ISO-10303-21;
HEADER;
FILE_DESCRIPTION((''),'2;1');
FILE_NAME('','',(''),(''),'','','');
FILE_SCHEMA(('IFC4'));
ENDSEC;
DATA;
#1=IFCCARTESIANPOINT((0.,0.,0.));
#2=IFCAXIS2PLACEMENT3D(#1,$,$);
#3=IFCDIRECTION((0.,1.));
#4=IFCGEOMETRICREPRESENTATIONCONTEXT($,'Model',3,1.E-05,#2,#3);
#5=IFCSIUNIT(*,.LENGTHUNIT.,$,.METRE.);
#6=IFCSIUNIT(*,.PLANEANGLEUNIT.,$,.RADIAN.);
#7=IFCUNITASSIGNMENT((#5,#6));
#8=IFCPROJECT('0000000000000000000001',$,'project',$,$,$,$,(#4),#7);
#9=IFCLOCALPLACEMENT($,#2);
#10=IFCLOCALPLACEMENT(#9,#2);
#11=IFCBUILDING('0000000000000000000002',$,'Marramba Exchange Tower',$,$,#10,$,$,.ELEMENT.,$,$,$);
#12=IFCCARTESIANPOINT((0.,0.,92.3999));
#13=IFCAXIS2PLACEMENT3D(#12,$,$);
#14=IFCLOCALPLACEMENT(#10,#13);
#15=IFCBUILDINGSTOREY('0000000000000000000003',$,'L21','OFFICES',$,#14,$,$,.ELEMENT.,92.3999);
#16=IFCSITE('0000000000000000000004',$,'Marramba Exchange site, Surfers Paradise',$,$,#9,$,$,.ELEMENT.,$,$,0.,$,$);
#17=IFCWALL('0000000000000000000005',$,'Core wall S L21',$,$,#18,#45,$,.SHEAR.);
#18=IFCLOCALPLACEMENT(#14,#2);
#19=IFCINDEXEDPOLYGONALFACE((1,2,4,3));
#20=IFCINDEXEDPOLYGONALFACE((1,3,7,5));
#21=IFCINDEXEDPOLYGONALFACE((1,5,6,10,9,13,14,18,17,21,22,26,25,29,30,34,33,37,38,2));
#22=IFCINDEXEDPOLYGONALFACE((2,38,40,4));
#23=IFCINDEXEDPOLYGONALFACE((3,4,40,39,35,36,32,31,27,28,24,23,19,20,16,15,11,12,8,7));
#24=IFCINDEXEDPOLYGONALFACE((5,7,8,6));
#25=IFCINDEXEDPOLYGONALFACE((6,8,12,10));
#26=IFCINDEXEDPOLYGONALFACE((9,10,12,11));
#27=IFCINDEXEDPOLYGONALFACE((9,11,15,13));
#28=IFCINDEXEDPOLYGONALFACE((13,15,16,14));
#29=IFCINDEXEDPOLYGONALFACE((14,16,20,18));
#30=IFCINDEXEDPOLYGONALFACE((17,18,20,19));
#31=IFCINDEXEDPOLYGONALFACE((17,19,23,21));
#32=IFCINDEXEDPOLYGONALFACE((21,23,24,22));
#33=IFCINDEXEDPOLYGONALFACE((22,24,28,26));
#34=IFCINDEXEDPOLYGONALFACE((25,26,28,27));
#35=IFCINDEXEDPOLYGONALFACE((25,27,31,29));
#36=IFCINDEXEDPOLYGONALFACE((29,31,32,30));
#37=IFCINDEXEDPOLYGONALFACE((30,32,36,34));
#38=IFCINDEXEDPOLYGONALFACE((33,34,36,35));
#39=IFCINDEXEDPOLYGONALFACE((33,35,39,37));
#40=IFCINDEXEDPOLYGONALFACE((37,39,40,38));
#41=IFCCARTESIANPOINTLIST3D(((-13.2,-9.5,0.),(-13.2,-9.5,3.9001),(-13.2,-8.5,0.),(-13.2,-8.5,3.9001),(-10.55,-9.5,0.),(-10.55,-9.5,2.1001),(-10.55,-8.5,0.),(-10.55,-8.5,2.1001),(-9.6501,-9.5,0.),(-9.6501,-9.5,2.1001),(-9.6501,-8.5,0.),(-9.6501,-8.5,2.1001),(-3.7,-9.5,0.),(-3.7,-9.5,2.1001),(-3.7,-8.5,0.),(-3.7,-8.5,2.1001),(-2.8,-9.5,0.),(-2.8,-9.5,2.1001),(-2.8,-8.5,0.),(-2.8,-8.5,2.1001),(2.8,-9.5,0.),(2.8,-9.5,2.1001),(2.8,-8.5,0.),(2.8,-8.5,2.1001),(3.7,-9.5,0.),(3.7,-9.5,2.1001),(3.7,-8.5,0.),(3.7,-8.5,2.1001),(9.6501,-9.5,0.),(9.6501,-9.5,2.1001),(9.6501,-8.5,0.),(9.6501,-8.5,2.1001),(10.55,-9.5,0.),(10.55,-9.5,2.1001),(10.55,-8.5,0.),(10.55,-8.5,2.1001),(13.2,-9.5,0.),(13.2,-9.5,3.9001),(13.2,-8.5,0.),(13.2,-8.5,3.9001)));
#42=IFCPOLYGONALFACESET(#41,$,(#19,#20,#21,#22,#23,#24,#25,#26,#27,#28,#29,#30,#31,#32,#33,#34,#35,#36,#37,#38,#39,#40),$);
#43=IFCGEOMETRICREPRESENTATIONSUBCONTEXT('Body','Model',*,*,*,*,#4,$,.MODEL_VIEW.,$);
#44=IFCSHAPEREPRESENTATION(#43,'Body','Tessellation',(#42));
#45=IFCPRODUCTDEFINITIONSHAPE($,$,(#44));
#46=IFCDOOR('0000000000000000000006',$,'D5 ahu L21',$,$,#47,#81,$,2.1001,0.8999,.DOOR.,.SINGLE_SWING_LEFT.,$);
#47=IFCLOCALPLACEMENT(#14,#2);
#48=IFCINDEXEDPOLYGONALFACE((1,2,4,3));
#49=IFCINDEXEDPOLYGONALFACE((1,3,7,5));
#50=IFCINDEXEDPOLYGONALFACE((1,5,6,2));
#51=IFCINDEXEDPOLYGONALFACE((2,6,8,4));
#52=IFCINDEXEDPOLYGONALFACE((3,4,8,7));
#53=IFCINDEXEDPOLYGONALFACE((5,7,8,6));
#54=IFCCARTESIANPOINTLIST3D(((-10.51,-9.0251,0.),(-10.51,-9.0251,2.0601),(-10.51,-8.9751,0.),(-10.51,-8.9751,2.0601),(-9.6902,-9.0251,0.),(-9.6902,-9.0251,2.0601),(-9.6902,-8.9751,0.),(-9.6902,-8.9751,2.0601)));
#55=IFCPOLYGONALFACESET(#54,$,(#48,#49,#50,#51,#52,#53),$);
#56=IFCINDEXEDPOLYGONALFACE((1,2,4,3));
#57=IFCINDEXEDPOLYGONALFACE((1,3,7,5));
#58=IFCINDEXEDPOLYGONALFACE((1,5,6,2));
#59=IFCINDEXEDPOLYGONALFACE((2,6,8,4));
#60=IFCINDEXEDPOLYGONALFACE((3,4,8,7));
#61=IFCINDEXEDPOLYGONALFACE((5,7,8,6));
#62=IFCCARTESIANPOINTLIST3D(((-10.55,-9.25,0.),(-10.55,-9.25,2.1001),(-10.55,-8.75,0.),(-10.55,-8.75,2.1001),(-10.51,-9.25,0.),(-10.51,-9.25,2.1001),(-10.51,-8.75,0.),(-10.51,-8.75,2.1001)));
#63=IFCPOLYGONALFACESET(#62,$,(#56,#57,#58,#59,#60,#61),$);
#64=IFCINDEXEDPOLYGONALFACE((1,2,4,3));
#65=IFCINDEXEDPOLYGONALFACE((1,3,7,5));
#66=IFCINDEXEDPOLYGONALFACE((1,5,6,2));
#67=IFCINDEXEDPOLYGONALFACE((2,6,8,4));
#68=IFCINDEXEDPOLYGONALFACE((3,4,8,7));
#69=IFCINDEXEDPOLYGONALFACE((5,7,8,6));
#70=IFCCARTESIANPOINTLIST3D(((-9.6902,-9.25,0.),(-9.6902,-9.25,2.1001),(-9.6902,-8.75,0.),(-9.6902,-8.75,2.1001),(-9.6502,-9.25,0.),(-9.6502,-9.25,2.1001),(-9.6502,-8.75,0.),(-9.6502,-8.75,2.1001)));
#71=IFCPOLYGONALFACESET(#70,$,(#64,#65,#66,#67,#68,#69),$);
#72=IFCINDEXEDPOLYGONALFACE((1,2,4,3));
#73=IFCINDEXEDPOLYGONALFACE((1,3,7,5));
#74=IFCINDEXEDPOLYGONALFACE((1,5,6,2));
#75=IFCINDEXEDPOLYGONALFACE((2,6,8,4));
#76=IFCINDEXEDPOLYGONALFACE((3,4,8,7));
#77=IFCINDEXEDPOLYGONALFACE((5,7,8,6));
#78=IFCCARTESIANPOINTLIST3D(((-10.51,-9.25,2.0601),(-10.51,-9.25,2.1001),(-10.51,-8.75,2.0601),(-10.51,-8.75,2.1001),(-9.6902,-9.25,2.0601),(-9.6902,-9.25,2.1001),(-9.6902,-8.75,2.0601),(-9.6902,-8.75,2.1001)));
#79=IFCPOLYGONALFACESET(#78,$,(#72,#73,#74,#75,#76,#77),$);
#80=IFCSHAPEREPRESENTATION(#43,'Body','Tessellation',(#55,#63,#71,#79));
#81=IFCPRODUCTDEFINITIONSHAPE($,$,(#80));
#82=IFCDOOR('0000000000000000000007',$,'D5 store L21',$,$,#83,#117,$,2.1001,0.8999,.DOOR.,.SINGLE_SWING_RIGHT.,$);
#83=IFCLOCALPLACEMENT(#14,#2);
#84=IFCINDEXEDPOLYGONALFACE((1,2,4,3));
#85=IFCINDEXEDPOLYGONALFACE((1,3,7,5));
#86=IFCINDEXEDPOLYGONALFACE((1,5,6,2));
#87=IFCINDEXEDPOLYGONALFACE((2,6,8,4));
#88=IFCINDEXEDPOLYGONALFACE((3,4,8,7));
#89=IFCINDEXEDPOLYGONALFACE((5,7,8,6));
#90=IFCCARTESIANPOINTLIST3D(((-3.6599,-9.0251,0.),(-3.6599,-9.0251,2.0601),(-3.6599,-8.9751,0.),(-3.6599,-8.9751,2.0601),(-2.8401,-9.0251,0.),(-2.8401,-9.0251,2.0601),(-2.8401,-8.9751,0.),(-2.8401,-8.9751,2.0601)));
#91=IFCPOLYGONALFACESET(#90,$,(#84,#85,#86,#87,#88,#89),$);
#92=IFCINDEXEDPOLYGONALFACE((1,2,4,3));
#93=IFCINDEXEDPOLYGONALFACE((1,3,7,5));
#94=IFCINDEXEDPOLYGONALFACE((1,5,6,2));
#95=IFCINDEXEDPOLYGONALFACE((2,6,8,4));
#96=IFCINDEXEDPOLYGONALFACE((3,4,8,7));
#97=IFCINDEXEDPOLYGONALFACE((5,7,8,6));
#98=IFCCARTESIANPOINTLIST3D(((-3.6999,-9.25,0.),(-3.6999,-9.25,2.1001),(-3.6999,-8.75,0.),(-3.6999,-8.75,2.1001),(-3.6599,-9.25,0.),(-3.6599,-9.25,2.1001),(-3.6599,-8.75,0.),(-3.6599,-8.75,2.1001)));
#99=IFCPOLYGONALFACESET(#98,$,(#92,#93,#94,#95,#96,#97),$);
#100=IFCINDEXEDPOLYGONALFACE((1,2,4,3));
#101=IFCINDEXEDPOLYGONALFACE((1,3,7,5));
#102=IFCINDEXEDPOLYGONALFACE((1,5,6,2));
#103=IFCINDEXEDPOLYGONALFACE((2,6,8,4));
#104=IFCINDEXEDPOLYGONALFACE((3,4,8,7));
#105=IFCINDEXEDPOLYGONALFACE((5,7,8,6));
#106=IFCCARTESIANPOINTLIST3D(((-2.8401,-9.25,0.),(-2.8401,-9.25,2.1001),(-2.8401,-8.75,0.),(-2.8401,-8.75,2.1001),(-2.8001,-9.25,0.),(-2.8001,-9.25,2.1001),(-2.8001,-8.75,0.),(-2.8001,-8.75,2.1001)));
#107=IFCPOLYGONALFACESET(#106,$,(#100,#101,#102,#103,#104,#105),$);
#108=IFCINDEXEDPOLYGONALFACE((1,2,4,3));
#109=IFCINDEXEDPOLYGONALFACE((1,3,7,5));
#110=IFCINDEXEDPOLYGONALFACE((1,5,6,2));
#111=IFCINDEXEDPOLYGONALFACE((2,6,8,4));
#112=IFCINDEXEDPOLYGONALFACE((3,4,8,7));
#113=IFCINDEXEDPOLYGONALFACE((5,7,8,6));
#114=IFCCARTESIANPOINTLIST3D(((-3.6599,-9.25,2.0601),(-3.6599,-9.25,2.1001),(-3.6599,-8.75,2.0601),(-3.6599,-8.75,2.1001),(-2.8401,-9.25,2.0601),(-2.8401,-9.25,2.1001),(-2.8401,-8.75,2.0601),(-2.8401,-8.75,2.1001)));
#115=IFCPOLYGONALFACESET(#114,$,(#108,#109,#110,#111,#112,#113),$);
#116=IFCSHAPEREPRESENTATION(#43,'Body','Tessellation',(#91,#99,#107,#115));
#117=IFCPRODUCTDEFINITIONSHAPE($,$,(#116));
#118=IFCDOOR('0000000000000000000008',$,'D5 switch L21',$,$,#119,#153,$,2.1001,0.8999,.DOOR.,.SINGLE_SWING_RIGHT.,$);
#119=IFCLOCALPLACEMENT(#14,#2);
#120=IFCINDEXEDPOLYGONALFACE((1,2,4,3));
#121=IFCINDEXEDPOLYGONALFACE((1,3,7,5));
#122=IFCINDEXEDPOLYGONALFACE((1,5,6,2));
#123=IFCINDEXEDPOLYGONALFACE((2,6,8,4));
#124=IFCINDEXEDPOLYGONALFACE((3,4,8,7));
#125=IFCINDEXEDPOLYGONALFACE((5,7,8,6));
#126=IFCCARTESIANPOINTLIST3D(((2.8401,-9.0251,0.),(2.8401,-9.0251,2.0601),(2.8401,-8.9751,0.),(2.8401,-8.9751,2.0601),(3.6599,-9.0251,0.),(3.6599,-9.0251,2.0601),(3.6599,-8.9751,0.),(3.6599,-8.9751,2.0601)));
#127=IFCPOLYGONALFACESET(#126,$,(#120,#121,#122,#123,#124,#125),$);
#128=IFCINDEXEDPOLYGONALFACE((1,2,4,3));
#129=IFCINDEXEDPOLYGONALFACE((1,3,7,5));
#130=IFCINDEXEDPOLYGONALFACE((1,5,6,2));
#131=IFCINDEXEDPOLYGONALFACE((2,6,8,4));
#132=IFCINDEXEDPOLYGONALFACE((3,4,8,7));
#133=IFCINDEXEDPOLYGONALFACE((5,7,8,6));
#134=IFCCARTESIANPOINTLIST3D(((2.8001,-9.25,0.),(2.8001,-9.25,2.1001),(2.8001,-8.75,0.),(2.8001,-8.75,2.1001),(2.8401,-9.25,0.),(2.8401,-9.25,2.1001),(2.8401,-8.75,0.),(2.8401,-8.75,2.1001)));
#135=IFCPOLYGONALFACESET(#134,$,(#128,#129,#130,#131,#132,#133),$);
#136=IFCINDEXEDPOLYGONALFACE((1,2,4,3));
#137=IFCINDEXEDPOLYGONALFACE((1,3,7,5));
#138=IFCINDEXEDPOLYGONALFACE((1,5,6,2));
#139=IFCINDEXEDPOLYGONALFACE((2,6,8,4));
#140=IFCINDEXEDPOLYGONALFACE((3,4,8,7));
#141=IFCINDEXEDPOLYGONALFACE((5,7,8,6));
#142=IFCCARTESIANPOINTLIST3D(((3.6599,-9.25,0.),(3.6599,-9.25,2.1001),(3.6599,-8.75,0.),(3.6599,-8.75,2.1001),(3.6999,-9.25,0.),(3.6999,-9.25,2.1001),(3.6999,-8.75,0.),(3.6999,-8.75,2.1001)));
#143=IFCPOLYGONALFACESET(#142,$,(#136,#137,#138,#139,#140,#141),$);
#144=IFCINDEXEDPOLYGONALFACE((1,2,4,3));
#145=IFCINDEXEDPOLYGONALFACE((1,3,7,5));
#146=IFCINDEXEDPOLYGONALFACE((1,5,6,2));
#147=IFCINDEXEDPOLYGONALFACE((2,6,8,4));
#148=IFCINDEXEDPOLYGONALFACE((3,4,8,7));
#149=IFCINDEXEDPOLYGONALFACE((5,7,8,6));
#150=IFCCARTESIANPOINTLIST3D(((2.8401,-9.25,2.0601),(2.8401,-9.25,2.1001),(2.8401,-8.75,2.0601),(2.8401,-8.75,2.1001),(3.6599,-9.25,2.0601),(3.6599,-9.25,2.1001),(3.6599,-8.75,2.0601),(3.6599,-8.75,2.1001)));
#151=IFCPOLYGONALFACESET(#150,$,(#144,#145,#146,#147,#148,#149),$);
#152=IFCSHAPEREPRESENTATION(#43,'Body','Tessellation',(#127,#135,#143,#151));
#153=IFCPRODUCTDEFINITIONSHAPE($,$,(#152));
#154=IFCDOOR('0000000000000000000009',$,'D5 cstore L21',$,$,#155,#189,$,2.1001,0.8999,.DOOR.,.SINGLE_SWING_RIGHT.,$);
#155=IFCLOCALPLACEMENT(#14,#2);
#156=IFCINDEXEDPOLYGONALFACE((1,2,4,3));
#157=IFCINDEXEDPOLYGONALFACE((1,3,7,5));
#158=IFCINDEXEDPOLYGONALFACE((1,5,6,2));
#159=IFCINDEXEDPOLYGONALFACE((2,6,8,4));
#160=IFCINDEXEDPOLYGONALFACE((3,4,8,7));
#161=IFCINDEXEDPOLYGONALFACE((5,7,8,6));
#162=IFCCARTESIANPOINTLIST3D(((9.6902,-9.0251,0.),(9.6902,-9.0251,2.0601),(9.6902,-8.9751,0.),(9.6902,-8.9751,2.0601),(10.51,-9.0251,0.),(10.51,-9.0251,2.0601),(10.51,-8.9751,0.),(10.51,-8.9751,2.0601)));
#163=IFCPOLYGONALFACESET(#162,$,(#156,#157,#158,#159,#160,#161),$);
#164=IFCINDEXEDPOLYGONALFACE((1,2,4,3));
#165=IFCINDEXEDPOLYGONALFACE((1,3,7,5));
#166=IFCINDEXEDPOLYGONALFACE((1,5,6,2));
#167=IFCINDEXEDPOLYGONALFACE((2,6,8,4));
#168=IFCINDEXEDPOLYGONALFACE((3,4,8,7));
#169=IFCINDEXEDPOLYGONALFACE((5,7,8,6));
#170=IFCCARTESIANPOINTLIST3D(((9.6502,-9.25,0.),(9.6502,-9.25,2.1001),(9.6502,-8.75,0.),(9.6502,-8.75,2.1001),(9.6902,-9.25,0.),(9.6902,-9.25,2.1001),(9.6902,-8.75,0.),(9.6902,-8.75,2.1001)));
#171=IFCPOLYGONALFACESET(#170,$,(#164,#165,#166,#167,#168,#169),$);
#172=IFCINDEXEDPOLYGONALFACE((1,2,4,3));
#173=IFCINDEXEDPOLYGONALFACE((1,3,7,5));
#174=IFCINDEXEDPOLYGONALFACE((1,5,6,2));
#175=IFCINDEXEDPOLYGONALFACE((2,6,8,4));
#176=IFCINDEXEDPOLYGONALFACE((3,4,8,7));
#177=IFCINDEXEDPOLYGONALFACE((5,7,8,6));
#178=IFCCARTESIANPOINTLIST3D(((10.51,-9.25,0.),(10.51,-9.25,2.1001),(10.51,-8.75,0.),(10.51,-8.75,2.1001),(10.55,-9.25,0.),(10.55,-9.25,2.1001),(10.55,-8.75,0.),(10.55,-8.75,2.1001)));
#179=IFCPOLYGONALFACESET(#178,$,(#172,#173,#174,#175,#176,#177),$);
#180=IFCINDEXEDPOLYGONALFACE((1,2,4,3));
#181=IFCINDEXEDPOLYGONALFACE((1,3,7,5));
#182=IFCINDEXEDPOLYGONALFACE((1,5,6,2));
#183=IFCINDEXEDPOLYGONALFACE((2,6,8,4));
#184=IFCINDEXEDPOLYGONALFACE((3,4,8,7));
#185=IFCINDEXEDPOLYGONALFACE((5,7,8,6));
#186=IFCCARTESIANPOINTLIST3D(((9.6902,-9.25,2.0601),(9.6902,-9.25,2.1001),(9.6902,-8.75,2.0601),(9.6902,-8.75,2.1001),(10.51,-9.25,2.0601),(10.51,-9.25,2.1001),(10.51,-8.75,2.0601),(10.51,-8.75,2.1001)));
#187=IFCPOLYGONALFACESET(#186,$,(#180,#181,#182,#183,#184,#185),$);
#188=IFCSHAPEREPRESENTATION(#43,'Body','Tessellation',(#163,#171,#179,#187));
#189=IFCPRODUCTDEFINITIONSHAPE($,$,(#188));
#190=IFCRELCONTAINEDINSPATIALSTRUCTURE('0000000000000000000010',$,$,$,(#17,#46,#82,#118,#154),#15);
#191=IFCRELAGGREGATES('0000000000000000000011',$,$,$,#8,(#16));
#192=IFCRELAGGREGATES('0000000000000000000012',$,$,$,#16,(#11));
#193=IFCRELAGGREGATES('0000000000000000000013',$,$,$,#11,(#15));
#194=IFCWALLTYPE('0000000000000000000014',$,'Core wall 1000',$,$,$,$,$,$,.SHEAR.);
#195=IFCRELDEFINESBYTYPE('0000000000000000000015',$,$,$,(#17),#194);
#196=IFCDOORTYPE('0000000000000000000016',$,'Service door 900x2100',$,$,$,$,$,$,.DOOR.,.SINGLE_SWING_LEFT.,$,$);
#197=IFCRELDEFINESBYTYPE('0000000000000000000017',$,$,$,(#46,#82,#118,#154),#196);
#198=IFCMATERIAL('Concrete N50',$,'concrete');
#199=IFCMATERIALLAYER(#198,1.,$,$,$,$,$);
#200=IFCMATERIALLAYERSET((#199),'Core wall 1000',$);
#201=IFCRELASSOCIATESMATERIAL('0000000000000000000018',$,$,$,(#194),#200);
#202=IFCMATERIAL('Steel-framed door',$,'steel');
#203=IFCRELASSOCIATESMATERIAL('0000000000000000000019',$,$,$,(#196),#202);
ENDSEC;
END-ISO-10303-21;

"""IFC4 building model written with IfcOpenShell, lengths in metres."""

from ifc_helpers import new_model, si_unit, direction, frame, frame_2d, origin, place, context, subcontext, project, spatial, rectangle, extrude, material, layer, layer_set, type_object, element, fill, save


model = new_model("IFC4")

# Units and contexts
model_context = context("Model", 3, precision=1e-05, world=origin(), true_north=direction((0.0, 1.0)))
body_context = subcontext(model_context, "Body", "Model", "MODEL_VIEW")
ifc_project = project(units=[si_unit("LENGTHUNIT", "METRE"), si_unit("PLANEANGLEUNIT", "RADIAN")], contexts=[model_context])

# Site, building, storey
site_placement = place(None, origin())
site = spatial("IfcSite", under=ifc_project, at=site_placement, Name="Marramba Exchange site, Surfers Paradise", CompositionType="ELEMENT", RefElevation=0.0)
building_placement = place(site_placement, origin())
building = spatial("IfcBuilding", under=site, at=building_placement, Name="Marramba Exchange Tower", CompositionType="ELEMENT")
storey_placement = place(building_placement, frame((0.0, 0.0, 92.3999)))
storey = spatial("IfcBuildingStorey", under=building, at=storey_placement, Name="L21", Description="OFFICES", CompositionType="ELEMENT", Elevation=92.3999)

# Shared definitions
ifc_material_1 = material(Name="Concrete N50", Category="concrete")

# Wall, openings, doors
ifc_layer_1 = layer(ifc_material_1, 1.0)
ifc_layer_set_1 = layer_set([ifc_layer_1], Name="Core wall 1000")
wall_type_1 = type_object("IfcWallType", Name="Core wall 1000", PredefinedType="SHEAR", material=ifc_layer_set_1)
wall_1_placement = place(storey_placement, frame((-13.2, -9.0, 0.0), z_axis=(0.0, 0.0, 1.0), x_axis=(1.0, 0.0, 0.0)))
wall_1 = element("IfcWall", 1, at=wall_1_placement, inside=storey, type_object=wall_type_1, Name="Core wall S L21", PredefinedType="SHEAR", context=body_context, shape_type="SweptSolid", body=[
    extrude(rectangle(XDim=26.3999, YDim=1.0, at=frame_2d((13.2, 0.0))), origin(), (0.0, 0.0, 1.0), 3.9001),
])
opening_1_placement = place(wall_1_placement, frame((2.6499, 0.0, 0.0)))
opening_1 = element("IfcOpeningElement", 2, at=opening_1_placement, cuts=wall_1, PredefinedType="OPENING", context=body_context, shape_type="SweptSolid", body=[
    extrude(rectangle(XDim=0.8999, YDim=2.1001, at=frame_2d((0.45, 1.05))), frame((0.0, 0.51, 0.0), z_axis=(0.0, -1.0, 0.0), x_axis=(1.0, 0.0, 0.0)), (0.0, 0.0, 1.0), 1.02),
])
opening_2_placement = place(wall_1_placement, frame((9.5, 0.0, 0.0)))
opening_2 = element("IfcOpeningElement", 3, at=opening_2_placement, cuts=wall_1, PredefinedType="OPENING", context=body_context, shape_type="SweptSolid", body=[
    extrude(rectangle(XDim=0.8999, YDim=2.1001, at=frame_2d((0.45, 1.05))), frame((0.0, 0.51, 0.0), z_axis=(0.0, -1.0, 0.0), x_axis=(1.0, 0.0, 0.0)), (0.0, 0.0, 1.0), 1.02),
])
opening_3_placement = place(wall_1_placement, frame((16.0, 0.0, 0.0)))
opening_3 = element("IfcOpeningElement", 4, at=opening_3_placement, cuts=wall_1, PredefinedType="OPENING", context=body_context, shape_type="SweptSolid", body=[
    extrude(rectangle(XDim=0.8999, YDim=2.1001, at=frame_2d((0.45, 1.05))), frame((0.0, 0.51, 0.0), z_axis=(0.0, -1.0, 0.0), x_axis=(1.0, 0.0, 0.0)), (0.0, 0.0, 1.0), 1.02),
])
opening_4_placement = place(wall_1_placement, frame((22.8501, 0.0, 0.0)))
opening_4 = element("IfcOpeningElement", 5, at=opening_4_placement, cuts=wall_1, PredefinedType="OPENING", context=body_context, shape_type="SweptSolid", body=[
    extrude(rectangle(XDim=0.8999, YDim=2.1001, at=frame_2d((0.45, 1.05))), frame((0.0, 0.51, 0.0), z_axis=(0.0, -1.0, 0.0), x_axis=(1.0, 0.0, 0.0)), (0.0, 0.0, 1.0), 1.02),
])
ifc_material_2 = material(Name="Steel-framed door", Category="steel")
door_type = type_object("IfcDoorType", Name="Service door 900x2100", OperationType="SINGLE_SWING_LEFT", PredefinedType="DOOR", material=ifc_material_2)
door_1_placement = place(opening_1_placement, origin())
door_1 = element("IfcDoor", 6, at=door_1_placement, inside=storey, type_object=door_type, Name="D5 ahu L21", OperationType="SINGLE_SWING_LEFT", OverallHeight=2.1001, OverallWidth=0.8999, PredefinedType="DOOR", context=body_context, shape_type="SweptSolid", body=[
    extrude(rectangle(XDim=0.8198, YDim=2.0601, at=frame_2d((0.45, 1.03))), frame((0.0, 0.0249, 0.0), z_axis=(0.0, -1.0, 0.0), x_axis=(1.0, 0.0, 0.0)), (0.0, 0.0, 1.0), 0.05),
    extrude(rectangle(XDim=0.04, YDim=2.1001, at=frame_2d((0.02, 1.05))), frame((0.0, 0.25, 0.0), z_axis=(0.0, -1.0, 0.0), x_axis=(1.0, 0.0, 0.0)), (0.0, 0.0, 1.0), 0.5),
    extrude(rectangle(XDim=0.04, YDim=2.1001, at=frame_2d((0.8799, 1.05))), frame((0.0, 0.25, 0.0), z_axis=(0.0, -1.0, 0.0), x_axis=(1.0, 0.0, 0.0)), (0.0, 0.0, 1.0), 0.5),
    extrude(rectangle(XDim=0.8198, YDim=0.04, at=frame_2d((0.45, 2.0801))), frame((0.0, 0.25, 0.0), z_axis=(0.0, -1.0, 0.0), x_axis=(1.0, 0.0, 0.0)), (0.0, 0.0, 1.0), 0.5),
])
fill(opening_1, door_1)
door_2_placement = place(opening_2_placement, origin())
door_2 = element("IfcDoor", 7, at=door_2_placement, inside=storey, type_object=door_type, Name="D5 store L21", OperationType="SINGLE_SWING_RIGHT", OverallHeight=2.1001, OverallWidth=0.8999, PredefinedType="DOOR", context=body_context, shape_type="SweptSolid", body=[
    extrude(rectangle(XDim=0.8198, YDim=2.0601, at=frame_2d((0.45, 1.03))), frame((0.0, 0.0249, 0.0), z_axis=(0.0, -1.0, 0.0), x_axis=(1.0, 0.0, 0.0)), (0.0, 0.0, 1.0), 0.05),
    extrude(rectangle(XDim=0.04, YDim=2.1001, at=frame_2d((0.02, 1.05))), frame((0.0, 0.25, 0.0), z_axis=(0.0, -1.0, 0.0), x_axis=(1.0, 0.0, 0.0)), (0.0, 0.0, 1.0), 0.5),
    extrude(rectangle(XDim=0.04, YDim=2.1001, at=frame_2d((0.8799, 1.05))), frame((0.0, 0.25, 0.0), z_axis=(0.0, -1.0, 0.0), x_axis=(1.0, 0.0, 0.0)), (0.0, 0.0, 1.0), 0.5),
    extrude(rectangle(XDim=0.8198, YDim=0.04, at=frame_2d((0.45, 2.0801))), frame((0.0, 0.25, 0.0), z_axis=(0.0, -1.0, 0.0), x_axis=(1.0, 0.0, 0.0)), (0.0, 0.0, 1.0), 0.5),
])
fill(opening_2, door_2)
door_3_placement = place(opening_3_placement, origin())
door_3 = element("IfcDoor", 8, at=door_3_placement, inside=storey, type_object=door_type, Name="D5 switch L21", OperationType="SINGLE_SWING_RIGHT", OverallHeight=2.1001, OverallWidth=0.8999, PredefinedType="DOOR", context=body_context, shape_type="SweptSolid", body=[
    extrude(rectangle(XDim=0.8198, YDim=2.0601, at=frame_2d((0.45, 1.03))), frame((0.0, 0.0249, 0.0), z_axis=(0.0, -1.0, 0.0), x_axis=(1.0, 0.0, 0.0)), (0.0, 0.0, 1.0), 0.05),
    extrude(rectangle(XDim=0.04, YDim=2.1001, at=frame_2d((0.02, 1.05))), frame((0.0, 0.25, 0.0), z_axis=(0.0, -1.0, 0.0), x_axis=(1.0, 0.0, 0.0)), (0.0, 0.0, 1.0), 0.5),
    extrude(rectangle(XDim=0.04, YDim=2.1001, at=frame_2d((0.8799, 1.05))), frame((0.0, 0.25, 0.0), z_axis=(0.0, -1.0, 0.0), x_axis=(1.0, 0.0, 0.0)), (0.0, 0.0, 1.0), 0.5),
    extrude(rectangle(XDim=0.8198, YDim=0.04, at=frame_2d((0.45, 2.0801))), frame((0.0, 0.25, 0.0), z_axis=(0.0, -1.0, 0.0), x_axis=(1.0, 0.0, 0.0)), (0.0, 0.0, 1.0), 0.5),
])
fill(opening_3, door_3)
door_4_placement = place(opening_4_placement, origin())
door_4 = element("IfcDoor", 9, at=door_4_placement, inside=storey, type_object=door_type, Name="D5 cstore L21", OperationType="SINGLE_SWING_RIGHT", OverallHeight=2.1001, OverallWidth=0.8999, PredefinedType="DOOR", context=body_context, shape_type="SweptSolid", body=[
    extrude(rectangle(XDim=0.8198, YDim=2.0601, at=frame_2d((0.45, 1.03))), frame((0.0, 0.0249, 0.0), z_axis=(0.0, -1.0, 0.0), x_axis=(1.0, 0.0, 0.0)), (0.0, 0.0, 1.0), 0.05),
    extrude(rectangle(XDim=0.04, YDim=2.1001, at=frame_2d((0.02, 1.05))), frame((0.0, 0.25, 0.0), z_axis=(0.0, -1.0, 0.0), x_axis=(1.0, 0.0, 0.0)), (0.0, 0.0, 1.0), 0.5),
    extrude(rectangle(XDim=0.04, YDim=2.1001, at=frame_2d((0.8799, 1.05))), frame((0.0, 0.25, 0.0), z_axis=(0.0, -1.0, 0.0), x_axis=(1.0, 0.0, 0.0)), (0.0, 0.0, 1.0), 0.5),
    extrude(rectangle(XDim=0.8198, YDim=0.04, at=frame_2d((0.45, 2.0801))), frame((0.0, 0.25, 0.0), z_axis=(0.0, -1.0, 0.0), x_axis=(1.0, 0.0, 0.0)), (0.0, 0.0, 1.0), 0.5),
])
fill(opening_4, door_4)

save(model, "model.ifc")
